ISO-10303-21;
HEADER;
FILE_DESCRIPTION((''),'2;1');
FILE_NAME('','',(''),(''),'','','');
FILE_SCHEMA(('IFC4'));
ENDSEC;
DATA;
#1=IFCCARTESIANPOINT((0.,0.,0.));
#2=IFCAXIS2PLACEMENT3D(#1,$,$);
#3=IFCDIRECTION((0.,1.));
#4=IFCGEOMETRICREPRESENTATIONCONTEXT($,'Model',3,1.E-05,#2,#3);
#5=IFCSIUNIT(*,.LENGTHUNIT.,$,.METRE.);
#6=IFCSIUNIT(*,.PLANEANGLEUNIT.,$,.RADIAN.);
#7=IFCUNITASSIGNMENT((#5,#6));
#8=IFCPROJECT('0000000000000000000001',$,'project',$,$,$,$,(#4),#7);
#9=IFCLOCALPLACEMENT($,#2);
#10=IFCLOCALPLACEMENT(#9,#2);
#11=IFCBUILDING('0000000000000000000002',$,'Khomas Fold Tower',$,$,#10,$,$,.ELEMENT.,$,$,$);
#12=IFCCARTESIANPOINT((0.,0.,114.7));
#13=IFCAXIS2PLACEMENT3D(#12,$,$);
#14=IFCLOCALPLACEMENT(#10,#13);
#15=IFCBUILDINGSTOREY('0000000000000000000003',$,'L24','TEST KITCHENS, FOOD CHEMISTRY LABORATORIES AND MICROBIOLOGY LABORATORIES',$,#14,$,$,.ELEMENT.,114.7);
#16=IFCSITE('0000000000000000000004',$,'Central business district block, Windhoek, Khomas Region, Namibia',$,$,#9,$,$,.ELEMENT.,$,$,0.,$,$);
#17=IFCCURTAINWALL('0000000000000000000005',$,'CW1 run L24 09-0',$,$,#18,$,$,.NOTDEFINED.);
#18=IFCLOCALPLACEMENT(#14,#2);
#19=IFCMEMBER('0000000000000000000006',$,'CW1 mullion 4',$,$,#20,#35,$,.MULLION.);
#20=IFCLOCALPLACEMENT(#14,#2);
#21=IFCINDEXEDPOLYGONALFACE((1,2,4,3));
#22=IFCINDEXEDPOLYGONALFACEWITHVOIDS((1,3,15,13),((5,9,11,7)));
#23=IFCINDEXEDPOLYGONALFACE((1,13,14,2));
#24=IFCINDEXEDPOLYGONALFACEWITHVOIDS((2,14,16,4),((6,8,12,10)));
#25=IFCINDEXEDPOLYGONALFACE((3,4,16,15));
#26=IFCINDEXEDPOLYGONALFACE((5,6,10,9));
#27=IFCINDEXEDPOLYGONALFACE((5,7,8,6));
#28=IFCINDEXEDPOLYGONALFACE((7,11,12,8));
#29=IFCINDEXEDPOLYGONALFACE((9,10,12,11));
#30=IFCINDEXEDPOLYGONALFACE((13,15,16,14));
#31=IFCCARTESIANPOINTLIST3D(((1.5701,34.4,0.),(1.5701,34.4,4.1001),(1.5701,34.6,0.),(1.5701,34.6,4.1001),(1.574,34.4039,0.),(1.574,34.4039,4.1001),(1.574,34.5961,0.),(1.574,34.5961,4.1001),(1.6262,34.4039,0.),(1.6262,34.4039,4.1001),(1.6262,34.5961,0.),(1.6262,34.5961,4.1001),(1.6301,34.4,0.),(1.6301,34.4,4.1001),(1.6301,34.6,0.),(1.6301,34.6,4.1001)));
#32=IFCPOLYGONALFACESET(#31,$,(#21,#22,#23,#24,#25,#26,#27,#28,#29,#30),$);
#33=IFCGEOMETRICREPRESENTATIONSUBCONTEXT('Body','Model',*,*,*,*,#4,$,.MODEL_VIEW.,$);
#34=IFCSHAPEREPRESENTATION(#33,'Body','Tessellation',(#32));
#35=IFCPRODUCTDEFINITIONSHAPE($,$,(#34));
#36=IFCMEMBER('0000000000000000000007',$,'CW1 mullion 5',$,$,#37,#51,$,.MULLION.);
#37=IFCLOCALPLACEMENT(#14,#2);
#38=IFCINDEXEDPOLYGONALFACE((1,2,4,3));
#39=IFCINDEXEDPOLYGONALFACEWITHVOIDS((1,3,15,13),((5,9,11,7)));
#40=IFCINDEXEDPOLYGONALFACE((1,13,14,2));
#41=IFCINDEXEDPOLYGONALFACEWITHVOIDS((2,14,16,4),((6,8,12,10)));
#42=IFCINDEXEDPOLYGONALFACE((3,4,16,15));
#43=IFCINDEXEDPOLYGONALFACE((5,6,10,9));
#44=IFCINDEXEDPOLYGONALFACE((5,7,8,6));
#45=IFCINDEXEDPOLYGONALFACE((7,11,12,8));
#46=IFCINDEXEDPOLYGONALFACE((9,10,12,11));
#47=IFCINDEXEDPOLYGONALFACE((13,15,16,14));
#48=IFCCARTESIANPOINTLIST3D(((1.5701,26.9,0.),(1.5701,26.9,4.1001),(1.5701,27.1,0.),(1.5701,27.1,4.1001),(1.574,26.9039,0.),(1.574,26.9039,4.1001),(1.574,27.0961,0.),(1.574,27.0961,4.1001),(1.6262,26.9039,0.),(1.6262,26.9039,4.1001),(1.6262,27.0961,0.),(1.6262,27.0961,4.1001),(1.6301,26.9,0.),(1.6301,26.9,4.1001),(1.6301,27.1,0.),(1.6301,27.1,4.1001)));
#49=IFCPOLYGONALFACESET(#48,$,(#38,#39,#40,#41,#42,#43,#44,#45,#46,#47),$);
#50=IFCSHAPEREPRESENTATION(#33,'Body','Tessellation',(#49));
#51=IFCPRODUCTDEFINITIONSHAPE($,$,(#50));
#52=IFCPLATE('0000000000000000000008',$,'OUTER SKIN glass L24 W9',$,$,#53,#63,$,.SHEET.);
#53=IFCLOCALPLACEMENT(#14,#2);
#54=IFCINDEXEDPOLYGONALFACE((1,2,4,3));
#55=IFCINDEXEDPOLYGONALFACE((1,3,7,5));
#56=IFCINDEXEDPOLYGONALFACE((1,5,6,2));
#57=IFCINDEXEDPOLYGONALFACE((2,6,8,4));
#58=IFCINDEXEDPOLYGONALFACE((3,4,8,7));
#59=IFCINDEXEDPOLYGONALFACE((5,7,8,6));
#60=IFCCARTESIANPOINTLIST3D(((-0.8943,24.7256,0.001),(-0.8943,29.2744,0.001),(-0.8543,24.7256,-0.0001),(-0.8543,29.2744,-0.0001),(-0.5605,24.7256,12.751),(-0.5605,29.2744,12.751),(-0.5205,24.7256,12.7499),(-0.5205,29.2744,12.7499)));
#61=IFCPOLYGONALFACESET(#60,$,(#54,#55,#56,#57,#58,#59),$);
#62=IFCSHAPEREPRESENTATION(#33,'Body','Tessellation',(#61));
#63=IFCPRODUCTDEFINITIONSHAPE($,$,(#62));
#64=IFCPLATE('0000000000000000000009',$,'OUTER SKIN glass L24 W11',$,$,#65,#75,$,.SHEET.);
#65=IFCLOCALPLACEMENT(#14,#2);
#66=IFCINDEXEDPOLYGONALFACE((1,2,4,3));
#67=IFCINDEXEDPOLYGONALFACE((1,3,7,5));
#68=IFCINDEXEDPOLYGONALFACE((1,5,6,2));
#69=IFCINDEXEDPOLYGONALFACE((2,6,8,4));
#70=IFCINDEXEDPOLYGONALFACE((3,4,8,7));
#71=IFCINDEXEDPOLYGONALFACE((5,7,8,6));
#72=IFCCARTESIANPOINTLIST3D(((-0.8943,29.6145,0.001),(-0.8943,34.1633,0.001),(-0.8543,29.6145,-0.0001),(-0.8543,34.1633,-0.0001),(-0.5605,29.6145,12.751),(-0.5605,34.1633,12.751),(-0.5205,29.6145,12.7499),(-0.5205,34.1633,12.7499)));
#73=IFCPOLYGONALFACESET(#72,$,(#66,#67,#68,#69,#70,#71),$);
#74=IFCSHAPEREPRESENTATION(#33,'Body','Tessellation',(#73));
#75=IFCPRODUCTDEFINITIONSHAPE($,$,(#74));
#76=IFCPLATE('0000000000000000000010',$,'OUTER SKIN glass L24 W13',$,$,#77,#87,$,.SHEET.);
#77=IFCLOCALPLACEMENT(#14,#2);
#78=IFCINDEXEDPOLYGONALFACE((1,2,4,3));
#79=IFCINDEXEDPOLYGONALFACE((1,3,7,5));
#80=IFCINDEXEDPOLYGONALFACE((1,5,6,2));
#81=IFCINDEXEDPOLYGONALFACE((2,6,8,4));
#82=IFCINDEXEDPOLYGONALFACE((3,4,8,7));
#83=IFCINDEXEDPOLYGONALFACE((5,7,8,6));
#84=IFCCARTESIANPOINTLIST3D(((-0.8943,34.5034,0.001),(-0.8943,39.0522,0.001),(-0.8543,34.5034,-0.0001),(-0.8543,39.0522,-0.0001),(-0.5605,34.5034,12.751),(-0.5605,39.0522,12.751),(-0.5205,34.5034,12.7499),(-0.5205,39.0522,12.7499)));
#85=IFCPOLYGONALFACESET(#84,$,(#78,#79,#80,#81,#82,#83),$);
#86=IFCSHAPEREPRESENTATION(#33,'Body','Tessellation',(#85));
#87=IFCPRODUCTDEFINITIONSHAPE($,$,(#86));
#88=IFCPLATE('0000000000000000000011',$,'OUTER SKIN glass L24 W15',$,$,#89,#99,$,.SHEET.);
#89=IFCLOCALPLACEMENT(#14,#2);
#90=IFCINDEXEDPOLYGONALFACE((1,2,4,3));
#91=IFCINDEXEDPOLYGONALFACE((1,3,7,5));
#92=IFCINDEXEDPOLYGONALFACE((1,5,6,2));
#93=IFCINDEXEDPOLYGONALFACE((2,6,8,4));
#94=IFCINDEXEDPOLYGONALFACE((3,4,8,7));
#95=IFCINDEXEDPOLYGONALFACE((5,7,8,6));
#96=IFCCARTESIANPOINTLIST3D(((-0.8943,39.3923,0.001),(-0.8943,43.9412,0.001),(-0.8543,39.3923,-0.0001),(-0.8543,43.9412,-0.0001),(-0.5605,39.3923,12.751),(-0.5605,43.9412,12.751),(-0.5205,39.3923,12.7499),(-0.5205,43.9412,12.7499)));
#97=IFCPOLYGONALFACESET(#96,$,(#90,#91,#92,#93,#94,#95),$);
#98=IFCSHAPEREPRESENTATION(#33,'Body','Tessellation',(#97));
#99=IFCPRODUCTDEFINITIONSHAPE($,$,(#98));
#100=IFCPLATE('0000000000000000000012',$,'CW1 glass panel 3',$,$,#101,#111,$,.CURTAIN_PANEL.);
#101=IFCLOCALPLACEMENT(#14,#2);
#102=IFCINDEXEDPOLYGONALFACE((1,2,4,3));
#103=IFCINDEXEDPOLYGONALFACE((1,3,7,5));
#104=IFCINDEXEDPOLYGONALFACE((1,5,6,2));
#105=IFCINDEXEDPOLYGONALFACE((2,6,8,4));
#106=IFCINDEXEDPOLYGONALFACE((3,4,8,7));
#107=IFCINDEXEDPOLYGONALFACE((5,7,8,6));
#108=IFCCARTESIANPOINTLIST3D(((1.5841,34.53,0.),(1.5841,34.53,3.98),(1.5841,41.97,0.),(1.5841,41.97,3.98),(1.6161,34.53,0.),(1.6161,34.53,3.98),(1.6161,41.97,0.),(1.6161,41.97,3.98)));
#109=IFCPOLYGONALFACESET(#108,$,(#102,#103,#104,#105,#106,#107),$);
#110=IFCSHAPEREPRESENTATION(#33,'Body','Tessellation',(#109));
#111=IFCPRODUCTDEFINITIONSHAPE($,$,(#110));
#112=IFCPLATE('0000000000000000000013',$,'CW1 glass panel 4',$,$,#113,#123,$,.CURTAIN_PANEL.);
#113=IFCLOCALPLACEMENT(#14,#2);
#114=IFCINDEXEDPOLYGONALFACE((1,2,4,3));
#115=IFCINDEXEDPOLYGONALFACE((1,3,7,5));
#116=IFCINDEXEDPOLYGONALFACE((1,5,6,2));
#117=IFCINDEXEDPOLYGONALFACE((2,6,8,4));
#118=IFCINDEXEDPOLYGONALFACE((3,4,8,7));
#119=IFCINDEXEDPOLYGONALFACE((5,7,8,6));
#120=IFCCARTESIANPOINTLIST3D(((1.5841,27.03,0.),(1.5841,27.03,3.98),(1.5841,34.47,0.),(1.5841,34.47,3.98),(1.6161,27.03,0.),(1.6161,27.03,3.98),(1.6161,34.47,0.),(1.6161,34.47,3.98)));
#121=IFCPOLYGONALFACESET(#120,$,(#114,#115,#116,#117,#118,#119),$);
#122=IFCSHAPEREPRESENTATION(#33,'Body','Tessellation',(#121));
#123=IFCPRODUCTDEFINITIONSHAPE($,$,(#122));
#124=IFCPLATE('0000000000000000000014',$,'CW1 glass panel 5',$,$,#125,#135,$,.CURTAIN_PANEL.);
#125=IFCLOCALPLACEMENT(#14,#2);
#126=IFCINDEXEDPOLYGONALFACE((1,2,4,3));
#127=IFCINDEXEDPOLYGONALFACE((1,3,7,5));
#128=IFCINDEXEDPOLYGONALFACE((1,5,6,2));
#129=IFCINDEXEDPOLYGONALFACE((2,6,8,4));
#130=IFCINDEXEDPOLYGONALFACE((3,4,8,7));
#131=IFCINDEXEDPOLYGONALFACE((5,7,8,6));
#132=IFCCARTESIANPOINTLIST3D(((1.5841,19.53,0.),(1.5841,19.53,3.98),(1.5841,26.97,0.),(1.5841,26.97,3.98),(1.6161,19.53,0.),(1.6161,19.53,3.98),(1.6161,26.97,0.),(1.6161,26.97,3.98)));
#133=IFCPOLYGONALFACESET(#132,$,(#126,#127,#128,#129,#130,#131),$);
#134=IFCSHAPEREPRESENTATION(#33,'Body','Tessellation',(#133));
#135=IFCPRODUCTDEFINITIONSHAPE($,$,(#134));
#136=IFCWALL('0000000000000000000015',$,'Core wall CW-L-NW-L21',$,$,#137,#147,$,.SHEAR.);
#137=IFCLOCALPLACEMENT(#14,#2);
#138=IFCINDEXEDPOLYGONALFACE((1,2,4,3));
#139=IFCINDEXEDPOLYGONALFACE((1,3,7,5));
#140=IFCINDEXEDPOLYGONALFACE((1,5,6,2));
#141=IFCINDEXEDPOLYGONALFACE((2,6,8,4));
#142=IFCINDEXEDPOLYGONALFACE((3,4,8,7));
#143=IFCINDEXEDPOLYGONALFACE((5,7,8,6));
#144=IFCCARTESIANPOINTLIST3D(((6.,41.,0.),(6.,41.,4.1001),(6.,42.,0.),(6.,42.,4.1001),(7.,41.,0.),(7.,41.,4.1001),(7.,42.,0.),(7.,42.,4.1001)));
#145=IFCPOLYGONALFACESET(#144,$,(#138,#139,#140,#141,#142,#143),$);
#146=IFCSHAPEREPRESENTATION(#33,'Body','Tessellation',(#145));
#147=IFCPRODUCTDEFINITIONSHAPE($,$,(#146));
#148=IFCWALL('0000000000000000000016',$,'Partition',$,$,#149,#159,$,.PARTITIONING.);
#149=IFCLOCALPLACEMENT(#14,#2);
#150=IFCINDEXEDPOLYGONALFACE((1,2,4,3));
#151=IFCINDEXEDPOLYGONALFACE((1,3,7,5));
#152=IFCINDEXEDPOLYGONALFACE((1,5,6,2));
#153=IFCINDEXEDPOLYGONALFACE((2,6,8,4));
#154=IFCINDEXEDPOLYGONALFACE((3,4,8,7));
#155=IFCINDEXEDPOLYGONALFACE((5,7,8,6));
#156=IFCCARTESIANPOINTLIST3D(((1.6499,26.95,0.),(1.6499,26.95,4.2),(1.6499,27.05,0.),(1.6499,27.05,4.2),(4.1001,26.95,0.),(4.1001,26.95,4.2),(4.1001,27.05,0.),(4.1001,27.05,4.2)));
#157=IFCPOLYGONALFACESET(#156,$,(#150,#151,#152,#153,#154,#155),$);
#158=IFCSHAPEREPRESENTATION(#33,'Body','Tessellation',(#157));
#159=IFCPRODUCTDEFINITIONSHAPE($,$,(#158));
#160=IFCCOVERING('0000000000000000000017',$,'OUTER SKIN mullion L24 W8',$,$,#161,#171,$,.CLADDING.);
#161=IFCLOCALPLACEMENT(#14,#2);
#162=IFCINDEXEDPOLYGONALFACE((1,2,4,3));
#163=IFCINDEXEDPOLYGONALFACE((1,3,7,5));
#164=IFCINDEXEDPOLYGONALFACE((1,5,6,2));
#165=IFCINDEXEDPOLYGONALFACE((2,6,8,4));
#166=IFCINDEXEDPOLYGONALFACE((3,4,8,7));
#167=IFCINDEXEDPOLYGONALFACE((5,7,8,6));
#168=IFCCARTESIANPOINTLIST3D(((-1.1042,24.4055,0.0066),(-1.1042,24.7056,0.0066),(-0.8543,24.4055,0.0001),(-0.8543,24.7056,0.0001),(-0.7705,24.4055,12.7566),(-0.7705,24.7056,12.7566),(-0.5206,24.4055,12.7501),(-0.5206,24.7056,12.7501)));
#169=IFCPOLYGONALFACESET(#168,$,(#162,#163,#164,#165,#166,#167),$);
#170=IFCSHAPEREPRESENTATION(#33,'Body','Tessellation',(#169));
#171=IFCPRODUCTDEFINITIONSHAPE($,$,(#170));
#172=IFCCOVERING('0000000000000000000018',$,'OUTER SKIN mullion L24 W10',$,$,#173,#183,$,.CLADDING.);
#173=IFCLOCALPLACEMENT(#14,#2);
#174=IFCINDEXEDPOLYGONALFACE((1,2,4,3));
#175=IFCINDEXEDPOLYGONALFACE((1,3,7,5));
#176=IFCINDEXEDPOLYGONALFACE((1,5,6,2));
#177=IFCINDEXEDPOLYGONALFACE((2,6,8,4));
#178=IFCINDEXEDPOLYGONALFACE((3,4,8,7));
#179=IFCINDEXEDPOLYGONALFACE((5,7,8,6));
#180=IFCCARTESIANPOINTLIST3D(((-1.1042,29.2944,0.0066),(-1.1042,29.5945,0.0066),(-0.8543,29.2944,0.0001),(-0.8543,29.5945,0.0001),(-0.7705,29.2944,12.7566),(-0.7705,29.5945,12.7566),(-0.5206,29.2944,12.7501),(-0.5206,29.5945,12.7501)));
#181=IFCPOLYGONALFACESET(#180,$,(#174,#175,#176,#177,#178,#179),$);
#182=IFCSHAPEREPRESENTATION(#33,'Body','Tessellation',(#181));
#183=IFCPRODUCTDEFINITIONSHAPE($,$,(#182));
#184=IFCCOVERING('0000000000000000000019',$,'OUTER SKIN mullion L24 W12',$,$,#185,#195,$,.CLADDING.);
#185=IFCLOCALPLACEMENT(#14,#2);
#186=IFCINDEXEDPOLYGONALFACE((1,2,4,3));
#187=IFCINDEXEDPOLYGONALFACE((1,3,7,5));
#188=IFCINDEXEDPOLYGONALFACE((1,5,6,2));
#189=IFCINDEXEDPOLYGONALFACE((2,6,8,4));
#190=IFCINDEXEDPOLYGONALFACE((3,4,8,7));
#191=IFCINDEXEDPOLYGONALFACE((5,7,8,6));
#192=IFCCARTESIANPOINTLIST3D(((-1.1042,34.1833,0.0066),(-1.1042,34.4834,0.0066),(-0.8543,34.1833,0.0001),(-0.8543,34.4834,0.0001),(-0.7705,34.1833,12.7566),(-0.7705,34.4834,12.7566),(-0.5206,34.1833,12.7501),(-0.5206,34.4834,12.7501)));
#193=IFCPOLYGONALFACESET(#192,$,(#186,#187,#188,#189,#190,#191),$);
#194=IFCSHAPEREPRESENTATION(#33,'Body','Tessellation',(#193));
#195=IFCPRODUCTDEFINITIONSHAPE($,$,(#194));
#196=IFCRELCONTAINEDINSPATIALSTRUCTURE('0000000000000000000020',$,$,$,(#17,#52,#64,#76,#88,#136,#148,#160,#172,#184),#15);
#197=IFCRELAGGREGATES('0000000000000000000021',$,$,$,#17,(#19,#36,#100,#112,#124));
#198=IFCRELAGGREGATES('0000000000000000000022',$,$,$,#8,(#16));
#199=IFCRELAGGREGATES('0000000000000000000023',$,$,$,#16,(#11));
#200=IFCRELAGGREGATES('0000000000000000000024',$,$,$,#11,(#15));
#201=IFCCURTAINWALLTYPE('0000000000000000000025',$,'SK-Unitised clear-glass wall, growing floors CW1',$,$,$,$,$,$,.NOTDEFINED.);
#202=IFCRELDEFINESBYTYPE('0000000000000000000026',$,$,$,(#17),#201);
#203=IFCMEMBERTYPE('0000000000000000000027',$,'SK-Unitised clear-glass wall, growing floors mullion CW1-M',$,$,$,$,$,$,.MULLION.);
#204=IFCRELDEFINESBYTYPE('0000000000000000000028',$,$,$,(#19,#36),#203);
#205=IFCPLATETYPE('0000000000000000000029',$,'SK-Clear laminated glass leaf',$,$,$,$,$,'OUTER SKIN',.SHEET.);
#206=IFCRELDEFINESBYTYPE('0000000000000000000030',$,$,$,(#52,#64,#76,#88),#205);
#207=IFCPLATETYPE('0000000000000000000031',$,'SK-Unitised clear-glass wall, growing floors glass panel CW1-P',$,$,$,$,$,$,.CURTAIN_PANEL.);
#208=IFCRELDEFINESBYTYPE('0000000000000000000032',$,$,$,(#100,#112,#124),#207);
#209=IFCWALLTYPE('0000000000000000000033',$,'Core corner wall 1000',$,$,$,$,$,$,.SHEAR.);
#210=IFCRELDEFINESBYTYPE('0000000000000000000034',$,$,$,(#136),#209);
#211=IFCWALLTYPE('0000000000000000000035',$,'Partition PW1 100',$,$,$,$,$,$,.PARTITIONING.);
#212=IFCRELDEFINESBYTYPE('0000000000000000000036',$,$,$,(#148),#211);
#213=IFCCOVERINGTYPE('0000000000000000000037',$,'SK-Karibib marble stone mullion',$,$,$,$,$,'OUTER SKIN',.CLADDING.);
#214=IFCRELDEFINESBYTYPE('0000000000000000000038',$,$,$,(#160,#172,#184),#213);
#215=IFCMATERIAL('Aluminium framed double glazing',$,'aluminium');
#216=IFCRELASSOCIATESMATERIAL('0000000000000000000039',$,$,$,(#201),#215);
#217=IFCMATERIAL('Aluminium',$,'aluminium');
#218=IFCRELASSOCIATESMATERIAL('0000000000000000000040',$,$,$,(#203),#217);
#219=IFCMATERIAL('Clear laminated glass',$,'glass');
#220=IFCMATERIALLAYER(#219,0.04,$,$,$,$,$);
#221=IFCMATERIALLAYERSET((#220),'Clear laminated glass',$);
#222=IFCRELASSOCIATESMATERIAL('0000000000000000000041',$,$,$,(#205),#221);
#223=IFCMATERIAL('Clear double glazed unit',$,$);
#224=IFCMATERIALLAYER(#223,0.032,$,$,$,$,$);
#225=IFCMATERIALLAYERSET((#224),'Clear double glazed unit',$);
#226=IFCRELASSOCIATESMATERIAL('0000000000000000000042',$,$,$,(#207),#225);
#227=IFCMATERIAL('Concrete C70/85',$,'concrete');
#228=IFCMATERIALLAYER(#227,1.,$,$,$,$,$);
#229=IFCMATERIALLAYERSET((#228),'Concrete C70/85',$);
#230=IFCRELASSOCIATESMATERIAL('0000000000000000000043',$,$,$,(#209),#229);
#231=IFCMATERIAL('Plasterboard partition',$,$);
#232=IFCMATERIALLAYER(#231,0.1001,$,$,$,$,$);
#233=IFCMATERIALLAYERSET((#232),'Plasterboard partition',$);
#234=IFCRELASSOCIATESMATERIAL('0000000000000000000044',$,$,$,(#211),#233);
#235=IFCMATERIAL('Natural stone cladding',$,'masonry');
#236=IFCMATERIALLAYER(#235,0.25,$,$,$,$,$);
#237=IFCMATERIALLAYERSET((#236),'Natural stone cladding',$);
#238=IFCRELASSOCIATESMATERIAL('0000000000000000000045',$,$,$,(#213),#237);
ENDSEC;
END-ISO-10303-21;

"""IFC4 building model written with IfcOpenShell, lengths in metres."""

from ifc_helpers import new_model, si_unit, direction, frame, frame_2d, origin, origin_2d, place, context, subcontext, project, spatial, polyline, rectangle, hollow_rectangle, outline, extrude, source, transform, mapped, material, layer, layer_set, material_profile, profile_set, type_object, element, aggregate, save


model = new_model("IFC4")

# Units and contexts
model_context = context("Model", 3, precision=1e-05, world=origin(), true_north=direction((0.0, 1.0)))
body_context = subcontext(model_context, "Body", "Model", "MODEL_VIEW")
ifc_project = project(units=[si_unit("LENGTHUNIT", "METRE"), si_unit("PLANEANGLEUNIT", "RADIAN")], contexts=[model_context])

# Site, building, storey
site_placement = place(None, origin())
site = spatial("IfcSite", under=ifc_project, at=site_placement, Name="Central business district block, Windhoek, Khomas Region, Namibia", CompositionType="ELEMENT", RefElevation=0.0)
building_placement = place(site_placement, origin())
building = spatial("IfcBuilding", under=site, at=building_placement, Name="Khomas Fold Tower", CompositionType="ELEMENT")
storey_placement = place(building_placement, frame((0.0, 0.0, 114.7)))
storey = spatial("IfcBuildingStorey", under=building, at=storey_placement, Name="L24", Description="TEST KITCHENS, FOOD CHEMISTRY LABORATORIES AND MICROBIOLOGY LABORATORIES", CompositionType="ELEMENT", Elevation=114.7)

# Curtain wall, members
ifc_material_1 = material(Name="Aluminium framed double glazing", Category="aluminium")
curtain_wall_type = type_object("IfcCurtainWallType", Name="SK-Unitised clear-glass wall, growing floors CW1", PredefinedType="NOTDEFINED", material=ifc_material_1)
curtain_wall_placement = place(storey_placement, origin())
curtain_wall = element("IfcCurtainWall", 1, at=curtain_wall_placement, inside=storey, type_object=curtain_wall_type, Name="CW1 run L24 09-0", PredefinedType="NOTDEFINED")
ifc_material_2 = material(Name="Aluminium", Category="aluminium")
ifc_material_profile_1 = material_profile(ifc_material_2, hollow_rectangle(XDim=0.0601, YDim=0.2, WallThickness=0.0039, at=origin_2d()), Name="SK-Unitised clear-glass wall, growing floors mullion CW1-M")
ifc_profile_set_1 = profile_set([ifc_material_profile_1], Name="Aluminium")
member_type_1 = type_object("IfcMemberType", Name="SK-Unitised clear-glass wall, growing floors mullion CW1-M", PredefinedType="MULLION", material=ifc_profile_set_1)
shared_shape_1 = source(origin(), body_context, "Body", "SweptSolid", [
    extrude(hollow_rectangle(XDim=0.0601, YDim=0.2, WallThickness=0.0039, at=origin_2d()), origin(), (0.0, 0.0, 1.0), 4.1001),
])
member_1_placement = place(storey_placement, frame((1.6001, 34.5, 0.0), z_axis=(0.0, 0.0, 1.0), x_axis=(1.0, 0.0, 0.0)))
member_1 = element("IfcMember", 2, at=member_1_placement, type_object=member_type_1, Name="CW1 mullion 4", PredefinedType="MULLION", context=body_context, shape_type="MappedRepresentation", body=[
    mapped(shared_shape_1, transform((0.0, 0.0, 0.0))),
])
member_2_placement = place(storey_placement, frame((1.6001, 27.0, 0.0), z_axis=(0.0, 0.0, 1.0), x_axis=(1.0, 0.0, 0.0)))
member_2 = element("IfcMember", 3, at=member_2_placement, type_object=member_type_1, Name="CW1 mullion 5", PredefinedType="MULLION", context=body_context, shape_type="MappedRepresentation", body=[
    mapped(shared_shape_1, transform((0.0, 0.0, 0.0))),
])

# Plates
ifc_material_3 = material(Name="Clear laminated glass", Category="glass")
ifc_layer_1 = layer(ifc_material_3, 0.04)
ifc_layer_set_1 = layer_set([ifc_layer_1], Name="Clear laminated glass")
plate_type_1 = type_object("IfcPlateType", Name="SK-Clear laminated glass leaf", ElementType="OUTER SKIN", PredefinedType="SHEET", material=ifc_layer_set_1)
for number, where, z_axis, x_axis, name in (
    (4, (-0.8943, 24.7256, 0.001), (-0.999658, 0.0, 0.026167), (0.0, 1.0, 0.0), "OUTER SKIN glass L24 W9"),
    (5, (-0.8943, 29.6145, 0.001), (-0.999658, 0.0, 0.026167), (0.0, 1.0, 0.0), "OUTER SKIN glass L24 W11"),
    (6, (-0.8943, 34.5034, 0.001), (-0.999658, 0.0, 0.026167), (0.0, 1.0, 0.0), "OUTER SKIN glass L24 W13"),
    (7, (-0.8943, 39.3923, 0.001), (-0.999658, 0.0, 0.026167), (0.0, 1.0, 0.0), "OUTER SKIN glass L24 W15"),
):
    element("IfcPlate", number, at=place(storey_placement, frame(where, z_axis=z_axis, x_axis=x_axis)), inside=storey, type_object=plate_type_1, Name=name, PredefinedType="SHEET", context=body_context, shape_type="SweptSolid", body=[
        extrude(outline(polyline([(0.0, 0.0), (4.5488, 0.0), (4.5488, -12.7544), (0.0, -12.7544), (0.0, 0.0)])), origin(), (0.0, 0.0, -1.0), 0.04),
    ])

# Plates
ifc_material_4 = material(Name="Clear double glazed unit")
ifc_layer_2 = layer(ifc_material_4, 0.032)
ifc_layer_set_2 = layer_set([ifc_layer_2], Name="Clear double glazed unit")
plate_type_2 = type_object("IfcPlateType", Name="SK-Unitised clear-glass wall, growing floors glass panel CW1-P", PredefinedType="CURTAIN_PANEL", material=ifc_layer_set_2)
shared_shape_2 = source(origin(), body_context, "Body", "SweptSolid", [
    extrude(rectangle(XDim=7.4399, YDim=0.032, at=origin_2d()), origin(), (0.0, 0.0, 1.0), 3.98),
])
plate_1_placement = place(storey_placement, frame((1.6001, 38.25, 0.0), z_axis=(0.0, 0.0, 1.0), x_axis=(0.0, -1.0, 0.0)))
plate_1 = element("IfcPlate", 8, at=plate_1_placement, type_object=plate_type_2, Name="CW1 glass panel 3", PredefinedType="CURTAIN_PANEL", context=body_context, shape_type="MappedRepresentation", body=[
    mapped(shared_shape_2, transform((0.0, 0.0, 0.0))),
])
plate_2_placement = place(storey_placement, frame((1.6001, 30.75, 0.0), z_axis=(0.0, 0.0, 1.0), x_axis=(0.0, -1.0, 0.0)))
plate_2 = element("IfcPlate", 9, at=plate_2_placement, type_object=plate_type_2, Name="CW1 glass panel 4", PredefinedType="CURTAIN_PANEL", context=body_context, shape_type="MappedRepresentation", body=[
    mapped(shared_shape_2, transform((0.0, 0.0, 0.0))),
])
plate_3_placement = place(storey_placement, frame((1.6001, 23.25, 0.0), z_axis=(0.0, 0.0, 1.0), x_axis=(0.0, -1.0, 0.0)))
plate_3 = element("IfcPlate", 10, at=plate_3_placement, type_object=plate_type_2, Name="CW1 glass panel 5", PredefinedType="CURTAIN_PANEL", context=body_context, shape_type="MappedRepresentation", body=[
    mapped(shared_shape_2, transform((0.0, 0.0, 0.0))),
])
aggregate(curtain_wall, [member_1, member_2, plate_1, plate_2, plate_3])

# Walls
ifc_material_5 = material(Name="Concrete C70/85", Category="concrete")
ifc_layer_3 = layer(ifc_material_5, 1.0)
ifc_layer_set_3 = layer_set([ifc_layer_3], Name="Concrete C70/85")
wall_type_1 = type_object("IfcWallType", Name="Core corner wall 1000", PredefinedType="SHEAR", material=ifc_layer_set_3)
shared_shape_3 = source(origin(), body_context, "Body", "SweptSolid", [
    extrude(rectangle(XDim=1.0, YDim=1.0, at=frame_2d((0.5, 0.0))), origin(), (0.0, 0.0, 1.0), 4.1001),
])
wall_1_placement = place(storey_placement, frame((6.0, 41.5, 0.0), z_axis=(0.0, 0.0, 1.0), x_axis=(1.0, 0.0, 0.0)))
element("IfcWall", 11, at=wall_1_placement, inside=storey, type_object=wall_type_1, Name="Core wall CW-L-NW-L21", PredefinedType="SHEAR", context=body_context, shape_type="MappedRepresentation", body=[
    mapped(shared_shape_3, transform((0.0, 0.0, 0.0))),
])
ifc_material_6 = material(Name="Plasterboard partition")
ifc_layer_4 = layer(ifc_material_6, 0.1001)
ifc_layer_set_4 = layer_set([ifc_layer_4], Name="Plasterboard partition")
wall_type_2 = type_object("IfcWallType", Name="Partition PW1 100", PredefinedType="PARTITIONING", material=ifc_layer_set_4)
shared_shape_4 = source(origin(), body_context, "Body", "SweptSolid", [
    extrude(rectangle(XDim=2.4502, YDim=0.1001, at=frame_2d((1.2251, 0.0))), origin(), (0.0, 0.0, 1.0), 4.2),
])
wall_2_placement = place(storey_placement, frame((1.6499, 27.0, 0.0), z_axis=(0.0, 0.0, 1.0), x_axis=(1.0, 0.0, 0.0)))
element("IfcWall", 12, at=wall_2_placement, inside=storey, type_object=wall_type_2, Name="Partition", PredefinedType="PARTITIONING", context=body_context, shape_type="MappedRepresentation", body=[
    mapped(shared_shape_4, transform((0.0, 0.0, 0.0))),
])

# Coverings
ifc_material_7 = material(Name="Natural stone cladding", Category="masonry")
ifc_layer_5 = layer(ifc_material_7, 0.25)
ifc_layer_set_5 = layer_set([ifc_layer_5], Name="Natural stone cladding")
covering_type = type_object("IfcCoveringType", Name="SK-Karibib marble stone mullion", ElementType="OUTER SKIN", PredefinedType="CLADDING", material=ifc_layer_set_5)
for number, where, z_axis, x_axis, name in (
    (13, (-1.1042, 24.4055, 0.0066), (-0.999658, 0.0, 0.026167), (0.0, 1.0, 0.0), "OUTER SKIN mullion L24 W8"),
    (14, (-1.1042, 29.2944, 0.0066), (-0.999658, 0.0, 0.026167), (0.0, 1.0, 0.0), "OUTER SKIN mullion L24 W10"),
    (15, (-1.1042, 34.1833, 0.0066), (-0.999658, 0.0, 0.026167), (0.0, 1.0, 0.0), "OUTER SKIN mullion L24 W12"),
):
    element("IfcCovering", number, at=place(storey_placement, frame(where, z_axis=z_axis, x_axis=x_axis)), inside=storey, type_object=covering_type, Name=name, PredefinedType="CLADDING", context=body_context, shape_type="SweptSolid", body=[
        extrude(outline(polyline([(0.0, 0.0), (0.3, 0.0), (0.3, -12.7544), (0.0, -12.7544), (0.0, 0.0)])), origin(), (0.0, 0.0, -1.0), 0.25),
    ])

save(model, "model.ifc")
